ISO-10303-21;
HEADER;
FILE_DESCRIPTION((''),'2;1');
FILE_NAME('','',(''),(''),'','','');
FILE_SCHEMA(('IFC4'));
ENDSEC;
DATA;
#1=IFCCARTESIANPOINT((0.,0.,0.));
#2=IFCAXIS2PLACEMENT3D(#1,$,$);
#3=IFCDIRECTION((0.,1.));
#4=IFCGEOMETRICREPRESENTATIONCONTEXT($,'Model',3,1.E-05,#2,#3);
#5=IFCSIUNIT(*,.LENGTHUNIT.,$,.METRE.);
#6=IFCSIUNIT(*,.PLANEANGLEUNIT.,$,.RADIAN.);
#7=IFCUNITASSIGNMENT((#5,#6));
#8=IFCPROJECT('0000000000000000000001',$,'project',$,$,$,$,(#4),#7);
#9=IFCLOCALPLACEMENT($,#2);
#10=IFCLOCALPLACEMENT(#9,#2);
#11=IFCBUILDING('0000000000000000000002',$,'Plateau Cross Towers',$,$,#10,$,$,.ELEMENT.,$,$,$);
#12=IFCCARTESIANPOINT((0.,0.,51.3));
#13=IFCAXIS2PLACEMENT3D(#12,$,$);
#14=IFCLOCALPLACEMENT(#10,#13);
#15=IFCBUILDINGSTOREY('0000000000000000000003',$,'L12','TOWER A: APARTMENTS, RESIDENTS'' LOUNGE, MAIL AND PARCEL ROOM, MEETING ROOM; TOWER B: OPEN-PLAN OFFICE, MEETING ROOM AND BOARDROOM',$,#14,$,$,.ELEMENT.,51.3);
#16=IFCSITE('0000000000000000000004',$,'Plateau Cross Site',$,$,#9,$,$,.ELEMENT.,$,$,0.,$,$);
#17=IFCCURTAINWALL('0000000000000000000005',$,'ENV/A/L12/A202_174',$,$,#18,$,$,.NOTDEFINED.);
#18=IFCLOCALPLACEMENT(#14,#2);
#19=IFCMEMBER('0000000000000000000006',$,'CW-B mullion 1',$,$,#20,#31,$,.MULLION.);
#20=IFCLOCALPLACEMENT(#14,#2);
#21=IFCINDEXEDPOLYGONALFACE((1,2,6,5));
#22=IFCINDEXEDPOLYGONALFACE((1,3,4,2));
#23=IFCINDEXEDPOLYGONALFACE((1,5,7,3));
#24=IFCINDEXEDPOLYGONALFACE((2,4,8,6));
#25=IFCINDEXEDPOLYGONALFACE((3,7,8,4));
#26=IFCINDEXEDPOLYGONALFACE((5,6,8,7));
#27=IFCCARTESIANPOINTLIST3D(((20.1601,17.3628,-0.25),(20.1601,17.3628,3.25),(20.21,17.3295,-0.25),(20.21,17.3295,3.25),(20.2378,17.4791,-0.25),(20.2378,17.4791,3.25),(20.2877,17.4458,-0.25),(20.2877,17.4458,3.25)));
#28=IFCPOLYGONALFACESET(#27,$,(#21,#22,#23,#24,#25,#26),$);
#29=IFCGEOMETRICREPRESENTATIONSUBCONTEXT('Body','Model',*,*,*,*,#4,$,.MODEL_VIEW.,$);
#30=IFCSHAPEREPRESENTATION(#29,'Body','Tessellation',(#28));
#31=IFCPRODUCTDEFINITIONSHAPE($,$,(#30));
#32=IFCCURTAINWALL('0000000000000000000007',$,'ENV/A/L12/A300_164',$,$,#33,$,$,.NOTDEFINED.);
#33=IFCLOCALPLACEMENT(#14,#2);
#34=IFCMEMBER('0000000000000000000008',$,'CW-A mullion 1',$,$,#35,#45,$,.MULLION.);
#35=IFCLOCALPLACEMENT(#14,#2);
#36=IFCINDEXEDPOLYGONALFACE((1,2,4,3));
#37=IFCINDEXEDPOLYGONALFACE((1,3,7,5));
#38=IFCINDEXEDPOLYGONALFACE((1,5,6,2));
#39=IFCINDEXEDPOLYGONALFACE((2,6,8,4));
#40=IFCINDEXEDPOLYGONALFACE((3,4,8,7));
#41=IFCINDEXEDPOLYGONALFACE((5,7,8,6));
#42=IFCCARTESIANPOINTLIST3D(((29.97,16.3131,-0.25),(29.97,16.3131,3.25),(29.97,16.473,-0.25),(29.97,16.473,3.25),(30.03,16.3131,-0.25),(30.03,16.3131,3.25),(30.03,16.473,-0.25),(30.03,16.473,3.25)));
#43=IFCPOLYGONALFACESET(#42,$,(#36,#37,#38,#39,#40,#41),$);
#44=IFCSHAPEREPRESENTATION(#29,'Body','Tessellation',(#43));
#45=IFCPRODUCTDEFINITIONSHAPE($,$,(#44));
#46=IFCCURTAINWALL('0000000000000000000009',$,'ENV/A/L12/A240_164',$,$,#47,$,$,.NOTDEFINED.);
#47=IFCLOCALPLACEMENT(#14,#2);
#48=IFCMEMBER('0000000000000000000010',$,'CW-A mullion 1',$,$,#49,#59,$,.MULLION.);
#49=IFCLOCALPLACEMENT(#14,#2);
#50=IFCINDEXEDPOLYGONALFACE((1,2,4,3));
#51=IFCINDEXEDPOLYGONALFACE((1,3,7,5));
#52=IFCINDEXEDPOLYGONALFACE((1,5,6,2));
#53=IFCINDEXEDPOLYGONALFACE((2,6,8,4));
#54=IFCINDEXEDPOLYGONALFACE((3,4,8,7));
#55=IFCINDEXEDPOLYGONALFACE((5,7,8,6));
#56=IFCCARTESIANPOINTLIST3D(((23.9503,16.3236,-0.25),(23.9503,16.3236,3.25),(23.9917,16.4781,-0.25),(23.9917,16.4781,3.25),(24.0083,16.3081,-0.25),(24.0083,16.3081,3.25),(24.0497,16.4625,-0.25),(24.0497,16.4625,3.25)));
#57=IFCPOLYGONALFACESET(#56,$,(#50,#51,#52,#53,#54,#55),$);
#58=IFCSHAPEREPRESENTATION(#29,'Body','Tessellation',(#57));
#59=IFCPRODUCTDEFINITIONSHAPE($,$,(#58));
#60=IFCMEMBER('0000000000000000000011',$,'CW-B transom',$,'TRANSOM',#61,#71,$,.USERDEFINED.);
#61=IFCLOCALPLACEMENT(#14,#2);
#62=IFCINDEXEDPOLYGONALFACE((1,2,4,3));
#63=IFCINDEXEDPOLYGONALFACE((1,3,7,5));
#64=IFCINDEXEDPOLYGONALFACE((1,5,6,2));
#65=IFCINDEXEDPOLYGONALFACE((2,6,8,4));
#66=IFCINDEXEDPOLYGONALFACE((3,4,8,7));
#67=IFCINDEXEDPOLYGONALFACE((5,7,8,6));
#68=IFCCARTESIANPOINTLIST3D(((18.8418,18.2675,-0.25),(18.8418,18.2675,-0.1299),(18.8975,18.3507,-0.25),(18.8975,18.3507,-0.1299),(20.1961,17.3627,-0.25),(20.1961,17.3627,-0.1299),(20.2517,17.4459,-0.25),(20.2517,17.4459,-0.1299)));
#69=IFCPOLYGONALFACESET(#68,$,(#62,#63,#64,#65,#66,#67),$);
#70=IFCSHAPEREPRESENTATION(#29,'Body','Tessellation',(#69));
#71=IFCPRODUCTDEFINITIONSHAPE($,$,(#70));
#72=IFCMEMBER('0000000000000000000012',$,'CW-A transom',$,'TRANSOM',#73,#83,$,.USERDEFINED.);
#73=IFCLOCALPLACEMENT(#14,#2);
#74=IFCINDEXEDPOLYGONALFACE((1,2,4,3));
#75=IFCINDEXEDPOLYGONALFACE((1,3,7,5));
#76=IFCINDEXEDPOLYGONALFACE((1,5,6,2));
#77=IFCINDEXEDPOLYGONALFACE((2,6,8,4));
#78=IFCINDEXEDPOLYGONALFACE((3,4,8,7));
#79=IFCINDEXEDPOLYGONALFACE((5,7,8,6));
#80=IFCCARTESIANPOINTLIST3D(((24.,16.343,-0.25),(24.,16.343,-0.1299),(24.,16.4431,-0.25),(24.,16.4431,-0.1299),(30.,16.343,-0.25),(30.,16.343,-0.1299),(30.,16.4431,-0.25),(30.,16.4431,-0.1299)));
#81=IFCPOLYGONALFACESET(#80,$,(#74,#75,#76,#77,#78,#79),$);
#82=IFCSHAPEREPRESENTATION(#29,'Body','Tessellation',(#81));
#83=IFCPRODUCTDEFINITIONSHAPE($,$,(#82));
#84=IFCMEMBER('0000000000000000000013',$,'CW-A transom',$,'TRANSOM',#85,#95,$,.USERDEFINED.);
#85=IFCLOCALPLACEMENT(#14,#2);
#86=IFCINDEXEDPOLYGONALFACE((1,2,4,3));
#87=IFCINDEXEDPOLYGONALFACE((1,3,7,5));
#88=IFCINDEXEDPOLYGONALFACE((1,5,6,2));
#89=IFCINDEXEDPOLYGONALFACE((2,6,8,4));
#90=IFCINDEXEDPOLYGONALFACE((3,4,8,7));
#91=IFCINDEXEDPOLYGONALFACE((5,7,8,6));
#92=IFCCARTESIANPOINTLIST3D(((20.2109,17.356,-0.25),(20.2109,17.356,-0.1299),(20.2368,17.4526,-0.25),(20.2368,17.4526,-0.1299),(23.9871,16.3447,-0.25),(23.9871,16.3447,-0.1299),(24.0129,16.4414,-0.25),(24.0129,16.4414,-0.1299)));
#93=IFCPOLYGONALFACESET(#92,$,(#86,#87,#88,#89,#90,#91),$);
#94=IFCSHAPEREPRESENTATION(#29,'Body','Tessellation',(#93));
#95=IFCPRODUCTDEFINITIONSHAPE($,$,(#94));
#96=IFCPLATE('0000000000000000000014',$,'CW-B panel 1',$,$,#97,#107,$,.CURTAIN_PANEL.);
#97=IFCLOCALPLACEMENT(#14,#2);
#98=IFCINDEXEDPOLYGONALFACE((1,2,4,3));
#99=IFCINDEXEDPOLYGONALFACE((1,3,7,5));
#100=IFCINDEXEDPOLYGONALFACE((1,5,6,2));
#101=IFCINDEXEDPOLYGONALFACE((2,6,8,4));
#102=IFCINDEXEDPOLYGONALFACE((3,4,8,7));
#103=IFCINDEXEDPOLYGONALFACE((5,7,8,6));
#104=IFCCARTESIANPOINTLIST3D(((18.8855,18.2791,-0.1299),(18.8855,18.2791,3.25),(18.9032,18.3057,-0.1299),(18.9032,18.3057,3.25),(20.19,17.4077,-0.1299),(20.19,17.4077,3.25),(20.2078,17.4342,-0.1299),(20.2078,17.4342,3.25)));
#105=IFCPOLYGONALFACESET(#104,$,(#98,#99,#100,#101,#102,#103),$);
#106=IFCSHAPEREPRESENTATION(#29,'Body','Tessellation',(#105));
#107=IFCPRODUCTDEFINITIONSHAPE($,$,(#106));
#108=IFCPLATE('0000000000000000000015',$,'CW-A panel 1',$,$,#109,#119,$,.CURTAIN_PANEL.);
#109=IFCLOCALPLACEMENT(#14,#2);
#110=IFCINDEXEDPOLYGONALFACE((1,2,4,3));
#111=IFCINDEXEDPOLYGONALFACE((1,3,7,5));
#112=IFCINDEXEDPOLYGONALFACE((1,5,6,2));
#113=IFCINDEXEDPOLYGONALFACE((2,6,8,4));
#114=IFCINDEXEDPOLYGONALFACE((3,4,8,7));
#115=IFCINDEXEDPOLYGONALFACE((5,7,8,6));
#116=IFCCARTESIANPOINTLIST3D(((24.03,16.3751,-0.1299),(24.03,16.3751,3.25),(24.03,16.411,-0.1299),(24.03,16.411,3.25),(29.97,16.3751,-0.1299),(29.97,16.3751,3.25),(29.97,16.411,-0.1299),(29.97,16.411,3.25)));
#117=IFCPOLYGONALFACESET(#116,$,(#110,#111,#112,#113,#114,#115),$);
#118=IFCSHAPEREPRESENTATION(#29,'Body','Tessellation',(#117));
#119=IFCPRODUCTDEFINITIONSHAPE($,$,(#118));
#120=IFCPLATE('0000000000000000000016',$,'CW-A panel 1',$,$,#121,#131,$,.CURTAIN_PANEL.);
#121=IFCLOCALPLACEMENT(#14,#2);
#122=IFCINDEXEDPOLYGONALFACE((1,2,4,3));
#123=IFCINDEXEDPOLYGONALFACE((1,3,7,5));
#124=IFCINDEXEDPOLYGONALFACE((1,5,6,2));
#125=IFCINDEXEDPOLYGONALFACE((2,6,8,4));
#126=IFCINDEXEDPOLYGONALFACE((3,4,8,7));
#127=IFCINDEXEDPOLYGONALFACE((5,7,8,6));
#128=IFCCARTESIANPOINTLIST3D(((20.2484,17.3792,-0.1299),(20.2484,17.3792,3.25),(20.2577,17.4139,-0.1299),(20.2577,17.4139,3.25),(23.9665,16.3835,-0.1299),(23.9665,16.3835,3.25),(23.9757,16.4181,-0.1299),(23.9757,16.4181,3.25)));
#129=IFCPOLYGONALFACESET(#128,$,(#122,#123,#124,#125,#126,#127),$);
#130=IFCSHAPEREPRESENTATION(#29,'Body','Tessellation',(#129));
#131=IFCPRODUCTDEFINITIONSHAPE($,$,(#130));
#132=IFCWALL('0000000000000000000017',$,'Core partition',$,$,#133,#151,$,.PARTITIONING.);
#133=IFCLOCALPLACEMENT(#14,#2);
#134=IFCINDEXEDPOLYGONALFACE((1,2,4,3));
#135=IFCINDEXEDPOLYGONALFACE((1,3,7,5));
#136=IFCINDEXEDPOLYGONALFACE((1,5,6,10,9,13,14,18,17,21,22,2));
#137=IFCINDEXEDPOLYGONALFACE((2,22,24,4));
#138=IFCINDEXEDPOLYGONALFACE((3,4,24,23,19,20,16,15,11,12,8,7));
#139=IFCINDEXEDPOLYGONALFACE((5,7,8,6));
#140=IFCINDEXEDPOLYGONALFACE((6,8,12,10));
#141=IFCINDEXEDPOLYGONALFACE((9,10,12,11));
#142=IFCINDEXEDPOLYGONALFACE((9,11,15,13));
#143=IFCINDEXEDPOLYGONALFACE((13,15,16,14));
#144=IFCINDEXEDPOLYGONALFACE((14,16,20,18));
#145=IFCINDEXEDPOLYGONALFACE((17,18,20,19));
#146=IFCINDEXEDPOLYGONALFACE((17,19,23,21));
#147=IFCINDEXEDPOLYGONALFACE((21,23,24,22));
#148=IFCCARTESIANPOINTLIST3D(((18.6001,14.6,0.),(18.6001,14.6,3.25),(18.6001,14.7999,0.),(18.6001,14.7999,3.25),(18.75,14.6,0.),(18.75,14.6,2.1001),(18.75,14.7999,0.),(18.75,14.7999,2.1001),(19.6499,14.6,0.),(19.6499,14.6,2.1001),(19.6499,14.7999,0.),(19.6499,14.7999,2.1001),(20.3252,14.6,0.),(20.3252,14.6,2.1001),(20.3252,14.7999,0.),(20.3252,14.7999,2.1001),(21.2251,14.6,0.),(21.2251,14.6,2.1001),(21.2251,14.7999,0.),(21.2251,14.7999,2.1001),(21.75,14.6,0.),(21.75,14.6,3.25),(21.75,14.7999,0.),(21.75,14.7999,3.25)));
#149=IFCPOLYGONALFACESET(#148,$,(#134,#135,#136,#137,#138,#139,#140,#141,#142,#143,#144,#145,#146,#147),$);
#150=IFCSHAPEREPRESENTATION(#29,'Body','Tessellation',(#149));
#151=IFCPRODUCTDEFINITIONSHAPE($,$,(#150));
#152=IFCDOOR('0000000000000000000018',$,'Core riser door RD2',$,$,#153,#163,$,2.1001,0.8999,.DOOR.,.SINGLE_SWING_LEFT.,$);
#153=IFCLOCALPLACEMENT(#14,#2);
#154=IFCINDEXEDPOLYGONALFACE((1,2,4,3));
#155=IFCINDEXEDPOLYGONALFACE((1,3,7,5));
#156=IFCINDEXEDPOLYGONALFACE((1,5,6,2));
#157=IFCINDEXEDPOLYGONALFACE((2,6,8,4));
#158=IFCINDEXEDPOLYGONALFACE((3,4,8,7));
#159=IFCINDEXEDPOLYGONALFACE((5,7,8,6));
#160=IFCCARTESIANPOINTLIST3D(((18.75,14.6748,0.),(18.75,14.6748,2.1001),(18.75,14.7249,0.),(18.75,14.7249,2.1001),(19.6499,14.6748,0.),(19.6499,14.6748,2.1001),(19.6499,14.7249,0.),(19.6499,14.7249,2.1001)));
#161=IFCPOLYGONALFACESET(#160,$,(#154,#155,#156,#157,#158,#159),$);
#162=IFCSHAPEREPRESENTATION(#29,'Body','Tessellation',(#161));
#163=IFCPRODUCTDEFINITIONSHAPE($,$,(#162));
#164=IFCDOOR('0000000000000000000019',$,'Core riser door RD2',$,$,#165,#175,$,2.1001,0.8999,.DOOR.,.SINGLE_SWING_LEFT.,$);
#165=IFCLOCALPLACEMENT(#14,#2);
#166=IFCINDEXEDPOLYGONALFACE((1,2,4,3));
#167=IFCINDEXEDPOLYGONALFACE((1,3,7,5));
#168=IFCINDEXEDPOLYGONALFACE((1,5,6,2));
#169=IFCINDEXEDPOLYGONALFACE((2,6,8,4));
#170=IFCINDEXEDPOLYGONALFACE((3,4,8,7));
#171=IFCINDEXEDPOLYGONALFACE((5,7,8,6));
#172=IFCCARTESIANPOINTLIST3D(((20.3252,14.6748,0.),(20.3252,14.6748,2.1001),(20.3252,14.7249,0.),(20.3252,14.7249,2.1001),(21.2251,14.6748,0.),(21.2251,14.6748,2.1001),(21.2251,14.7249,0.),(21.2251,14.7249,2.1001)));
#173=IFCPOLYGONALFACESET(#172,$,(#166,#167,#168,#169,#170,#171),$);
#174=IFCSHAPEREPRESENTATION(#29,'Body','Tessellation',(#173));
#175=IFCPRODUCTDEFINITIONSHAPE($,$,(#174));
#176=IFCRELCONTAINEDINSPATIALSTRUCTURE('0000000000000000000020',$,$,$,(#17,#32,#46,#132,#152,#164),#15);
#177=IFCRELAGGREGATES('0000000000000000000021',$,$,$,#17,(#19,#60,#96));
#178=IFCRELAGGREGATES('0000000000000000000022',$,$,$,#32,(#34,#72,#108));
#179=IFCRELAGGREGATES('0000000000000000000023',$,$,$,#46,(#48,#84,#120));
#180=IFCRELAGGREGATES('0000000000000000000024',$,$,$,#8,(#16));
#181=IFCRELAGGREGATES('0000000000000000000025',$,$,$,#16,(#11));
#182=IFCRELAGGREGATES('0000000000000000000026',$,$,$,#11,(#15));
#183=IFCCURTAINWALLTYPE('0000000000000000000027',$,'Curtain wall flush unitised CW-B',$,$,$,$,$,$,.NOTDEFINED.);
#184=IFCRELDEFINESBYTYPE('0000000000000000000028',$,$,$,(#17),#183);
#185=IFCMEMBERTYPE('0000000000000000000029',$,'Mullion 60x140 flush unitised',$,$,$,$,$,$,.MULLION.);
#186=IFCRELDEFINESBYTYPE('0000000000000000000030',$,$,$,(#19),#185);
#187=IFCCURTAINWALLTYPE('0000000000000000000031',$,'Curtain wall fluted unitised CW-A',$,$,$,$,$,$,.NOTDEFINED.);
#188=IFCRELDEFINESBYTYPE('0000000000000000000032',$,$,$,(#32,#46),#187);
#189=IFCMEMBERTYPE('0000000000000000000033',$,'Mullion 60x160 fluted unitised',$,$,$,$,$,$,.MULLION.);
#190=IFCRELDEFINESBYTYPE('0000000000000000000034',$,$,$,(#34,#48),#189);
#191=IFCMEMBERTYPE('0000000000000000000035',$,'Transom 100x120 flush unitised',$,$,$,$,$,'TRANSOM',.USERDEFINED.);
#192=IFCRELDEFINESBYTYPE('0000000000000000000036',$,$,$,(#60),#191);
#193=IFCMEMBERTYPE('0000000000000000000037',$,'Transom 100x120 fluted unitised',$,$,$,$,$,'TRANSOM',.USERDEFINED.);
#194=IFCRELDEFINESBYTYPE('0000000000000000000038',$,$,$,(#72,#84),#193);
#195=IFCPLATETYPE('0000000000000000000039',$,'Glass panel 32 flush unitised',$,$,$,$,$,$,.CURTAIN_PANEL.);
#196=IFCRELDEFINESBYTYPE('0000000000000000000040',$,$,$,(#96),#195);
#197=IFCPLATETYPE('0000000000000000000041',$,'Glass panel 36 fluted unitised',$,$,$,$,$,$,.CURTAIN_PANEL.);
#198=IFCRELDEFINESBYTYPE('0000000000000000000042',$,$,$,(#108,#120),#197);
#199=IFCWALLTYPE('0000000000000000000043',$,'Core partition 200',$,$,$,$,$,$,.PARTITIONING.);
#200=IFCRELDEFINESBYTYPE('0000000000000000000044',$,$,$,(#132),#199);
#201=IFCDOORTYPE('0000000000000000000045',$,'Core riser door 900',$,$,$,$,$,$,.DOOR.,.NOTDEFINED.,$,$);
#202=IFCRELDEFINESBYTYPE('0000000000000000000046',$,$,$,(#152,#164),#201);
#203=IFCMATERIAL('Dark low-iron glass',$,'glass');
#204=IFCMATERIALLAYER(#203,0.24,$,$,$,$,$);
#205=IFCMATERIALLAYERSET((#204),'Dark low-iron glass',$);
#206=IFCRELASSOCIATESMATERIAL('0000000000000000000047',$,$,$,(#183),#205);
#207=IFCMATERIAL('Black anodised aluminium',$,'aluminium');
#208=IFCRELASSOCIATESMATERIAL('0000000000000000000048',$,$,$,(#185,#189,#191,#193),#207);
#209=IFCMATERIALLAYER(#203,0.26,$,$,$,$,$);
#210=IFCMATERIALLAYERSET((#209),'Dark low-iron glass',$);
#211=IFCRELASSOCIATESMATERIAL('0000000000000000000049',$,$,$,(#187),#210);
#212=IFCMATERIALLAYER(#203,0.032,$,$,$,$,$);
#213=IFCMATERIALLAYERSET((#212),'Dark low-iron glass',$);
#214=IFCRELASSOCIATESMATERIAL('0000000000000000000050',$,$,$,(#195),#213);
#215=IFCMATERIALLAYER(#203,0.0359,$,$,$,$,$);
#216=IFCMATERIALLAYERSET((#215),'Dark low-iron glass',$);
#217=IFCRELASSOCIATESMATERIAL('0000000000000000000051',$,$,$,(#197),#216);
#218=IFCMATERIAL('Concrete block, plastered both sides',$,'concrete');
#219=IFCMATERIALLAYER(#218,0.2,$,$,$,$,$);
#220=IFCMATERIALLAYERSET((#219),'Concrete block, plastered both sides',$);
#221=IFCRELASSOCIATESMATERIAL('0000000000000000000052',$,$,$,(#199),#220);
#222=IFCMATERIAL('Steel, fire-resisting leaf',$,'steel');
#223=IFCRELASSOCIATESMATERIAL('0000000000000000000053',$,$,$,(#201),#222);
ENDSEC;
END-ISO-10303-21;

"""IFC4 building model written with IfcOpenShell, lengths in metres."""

from ifc_helpers import new_model, si_unit, direction, frame, frame_2d, origin, origin_2d, place, context, subcontext, project, spatial, rectangle, extrude, material, layer, layer_set, material_profile, profile_set, type_object, element, fill, aggregate, save


model = new_model("IFC4")

# Units and contexts
model_context = context("Model", 3, precision=1e-05, world=origin(), true_north=direction((0.0, 1.0)))
body_context = subcontext(model_context, "Body", "Model", "MODEL_VIEW")
ifc_project = project(units=[si_unit("LENGTHUNIT", "METRE"), si_unit("PLANEANGLEUNIT", "RADIAN")], contexts=[model_context])

# Site, building, storey
site_placement = place(None, origin())
site = spatial("IfcSite", under=ifc_project, at=site_placement, Name="Plateau Cross Site", CompositionType="ELEMENT", RefElevation=0.0)
building_placement = place(site_placement, origin())
building = spatial("IfcBuilding", under=site, at=building_placement, Name="Plateau Cross Towers", CompositionType="ELEMENT")
storey_placement = place(building_placement, frame((0.0, 0.0, 51.3)))
storey = spatial("IfcBuildingStorey", under=building, at=storey_placement, Name="L12", Description="TOWER A: APARTMENTS, RESIDENTS' LOUNGE, MAIL AND PARCEL ROOM, MEETING ROOM; TOWER B: OPEN-PLAN OFFICE, MEETING ROOM AND BOARDROOM", CompositionType="ELEMENT", Elevation=51.3)

# Curtain walls, members
ifc_material_1 = material(Name="Dark low-iron glass", Category="glass")
ifc_layer_1 = layer(ifc_material_1, 0.24)
ifc_layer_set_1 = layer_set([ifc_layer_1], Name="Dark low-iron glass")
curtain_wall_type_1 = type_object("IfcCurtainWallType", Name="Curtain wall flush unitised CW-B", PredefinedType="NOTDEFINED", material=ifc_layer_set_1)
curtain_wall_1_placement = place(storey_placement, origin())
curtain_wall_1 = element("IfcCurtainWall", 1, at=curtain_wall_1_placement, inside=storey, type_object=curtain_wall_type_1, Name="ENV/A/L12/A202_174", PredefinedType="NOTDEFINED")
ifc_material_2 = material(Name="Black anodised aluminium", Category="aluminium")
ifc_material_profile_1 = material_profile(ifc_material_2, rectangle(XDim=0.0601, YDim=0.1399, at=origin_2d()), Name="MULLION 60x140")
ifc_profile_set_1 = profile_set([ifc_material_profile_1], Name="Black anodised aluminium")
member_type_1 = type_object("IfcMemberType", Name="Mullion 60x140 flush unitised", PredefinedType="MULLION", material=ifc_profile_set_1)
member_1_placement = place(storey_placement, frame((20.2239, 17.4043, -0.25), z_axis=(0.0, 0.0, 1.0), x_axis=(-0.831521, 0.555493, 0.0)))
member_1 = element("IfcMember", 2, at=member_1_placement, type_object=member_type_1, Name="CW-B mullion 1", PredefinedType="MULLION", context=body_context, shape_type="SweptSolid", body=[
    extrude(rectangle(XDim=0.0601, YDim=0.1399, at=origin_2d()), origin(), (0.0, 0.0, 1.0), 3.5),
])
ifc_layer_2 = layer(ifc_material_1, 0.26)
ifc_layer_set_2 = layer_set([ifc_layer_2], Name="Dark low-iron glass")
curtain_wall_type_2 = type_object("IfcCurtainWallType", Name="Curtain wall fluted unitised CW-A", PredefinedType="NOTDEFINED", material=ifc_layer_set_2)
curtain_wall_2_placement = place(storey_placement, origin())
curtain_wall_2 = element("IfcCurtainWall", 3, at=curtain_wall_2_placement, inside=storey, type_object=curtain_wall_type_2, Name="ENV/A/L12/A300_164", PredefinedType="NOTDEFINED")
ifc_material_profile_2 = material_profile(ifc_material_2, rectangle(XDim=0.0601, YDim=0.1599, at=origin_2d()), Name="MULLION 60x160")
ifc_profile_set_2 = profile_set([ifc_material_profile_2], Name="Black anodised aluminium")
member_type_2 = type_object("IfcMemberType", Name="Mullion 60x160 fluted unitised", PredefinedType="MULLION", material=ifc_profile_set_2)
member_2_placement = place(storey_placement, frame((30.0, 16.3931, -0.25), z_axis=(0.0, 0.0, 1.0), x_axis=(-1.0, 0.0, 0.0)))
member_2 = element("IfcMember", 4, at=member_2_placement, type_object=member_type_2, Name="CW-A mullion 1", PredefinedType="MULLION", context=body_context, shape_type="SweptSolid", body=[
    extrude(rectangle(XDim=0.0601, YDim=0.1599, at=origin_2d()), origin(), (0.0, 0.0, 1.0), 3.5),
])
curtain_wall_3_placement = place(storey_placement, origin())
curtain_wall_3 = element("IfcCurtainWall", 5, at=curtain_wall_3_placement, inside=storey, type_object=curtain_wall_type_2, Name="ENV/A/L12/A240_164", PredefinedType="NOTDEFINED")
member_3_placement = place(storey_placement, frame((24.0, 16.3931, -0.25), z_axis=(0.0, 0.0, 1.0), x_axis=(-0.965958, 0.258699, 0.0)))
member_3 = element("IfcMember", 6, at=member_3_placement, type_object=member_type_2, Name="CW-A mullion 1", PredefinedType="MULLION", context=body_context, shape_type="SweptSolid", body=[
    extrude(rectangle(XDim=0.0601, YDim=0.1599, at=origin_2d()), origin(), (0.0, 0.0, 1.0), 3.5),
])

# Members
ifc_material_profile_3 = material_profile(ifc_material_2, rectangle(XDim=0.1001, YDim=0.1201, at=origin_2d()), Name="TRANSOM 100x120")
ifc_profile_set_3 = profile_set([ifc_material_profile_3], Name="Black anodised aluminium")
member_type_3 = type_object("IfcMemberType", Name="Transom 100x120 flush unitised", ElementType="TRANSOM", PredefinedType="USERDEFINED", material=ifc_profile_set_3)
member_4_placement = place(storey_placement, frame((20.2239, 17.4043, -0.1899), z_axis=(-0.831496, 0.55553, 0.0), x_axis=(-0.55553, -0.831496, 0.0)))
member_4 = element("IfcMember", 7, at=member_4_placement, type_object=member_type_3, Name="CW-B transom", ObjectType="TRANSOM", PredefinedType="USERDEFINED", context=body_context, shape_type="SweptSolid", body=[
    extrude(rectangle(XDim=0.1001, YDim=0.1201, at=origin_2d()), origin(), (0.0, 0.0, 1.0), 1.6287),
])
ifc_material_profile_4 = material_profile(ifc_material_2, rectangle(XDim=0.1001, YDim=0.1201, at=origin_2d()), Name="TRANSOM 100x120")
ifc_profile_set_4 = profile_set([ifc_material_profile_4], Name="Black anodised aluminium")
member_type_4 = type_object("IfcMemberType", Name="Transom 100x120 fluted unitised", ElementType="TRANSOM", PredefinedType="USERDEFINED", material=ifc_profile_set_4)
member_5_placement = place(storey_placement, frame((30.0, 16.3931, -0.1899), z_axis=(-1.0, 0.0, 0.0), x_axis=(0.0, -1.0, 0.0)))
member_5 = element("IfcMember", 8, at=member_5_placement, type_object=member_type_4, Name="CW-A transom", ObjectType="TRANSOM", PredefinedType="USERDEFINED", context=body_context, shape_type="SweptSolid", body=[
    extrude(rectangle(XDim=0.1001, YDim=0.1201, at=origin_2d()), origin(), (0.0, 0.0, 1.0), 6.0),
])
member_6_placement = place(storey_placement, frame((24.0, 16.3931, -0.1899), z_axis=(-0.965963, 0.258681, 0.0), x_axis=(-0.258681, -0.965963, 0.0)))
member_6 = element("IfcMember", 9, at=member_6_placement, type_object=member_type_4, Name="CW-A transom", ObjectType="TRANSOM", PredefinedType="USERDEFINED", context=body_context, shape_type="SweptSolid", body=[
    extrude(rectangle(XDim=0.1001, YDim=0.1201, at=origin_2d()), origin(), (0.0, 0.0, 1.0), 3.9092),
])

# Plates
ifc_layer_3 = layer(ifc_material_1, 0.032)
ifc_layer_set_3 = layer_set([ifc_layer_3], Name="Dark low-iron glass")
plate_type_1 = type_object("IfcPlateType", Name="Glass panel 32 flush unitised", PredefinedType="CURTAIN_PANEL", material=ifc_layer_set_3)
plate_1_placement = place(storey_placement, frame((19.5466, 17.8567, -0.1299), z_axis=(0.0, 0.0, 1.0), x_axis=(-0.831521, 0.555493, 0.0)))
plate_1 = element("IfcPlate", 10, at=plate_1_placement, type_object=plate_type_1, Name="CW-B panel 1", PredefinedType="CURTAIN_PANEL", context=body_context, shape_type="SweptSolid", body=[
    extrude(rectangle(XDim=1.5688, YDim=0.032, at=origin_2d()), origin(), (0.0, 0.0, 1.0), 3.3799),
])
aggregate(curtain_wall_1, [member_1, member_4, plate_1])
ifc_layer_4 = layer(ifc_material_1, 0.0359)
ifc_layer_set_4 = layer_set([ifc_layer_4], Name="Dark low-iron glass")
plate_type_2 = type_object("IfcPlateType", Name="Glass panel 36 fluted unitised", PredefinedType="CURTAIN_PANEL", material=ifc_layer_set_4)
plate_2_placement = place(storey_placement, frame((27.0, 16.3931, -0.1299), z_axis=(0.0, 0.0, 1.0), x_axis=(-1.0, 0.0, 0.0)))
plate_2 = element("IfcPlate", 11, at=plate_2_placement, type_object=plate_type_2, Name="CW-A panel 1", PredefinedType="CURTAIN_PANEL", context=body_context, shape_type="SweptSolid", body=[
    extrude(rectangle(XDim=5.9399, YDim=0.0359, at=origin_2d()), origin(), (0.0, 0.0, 1.0), 3.3799),
])
aggregate(curtain_wall_2, [member_2, member_5, plate_2])
plate_3_placement = place(storey_placement, frame((22.1121, 16.8987, -0.1299), z_axis=(0.0, 0.0, 1.0), x_axis=(-0.965958, 0.258699, 0.0)))
plate_3 = element("IfcPlate", 12, at=plate_3_placement, type_object=plate_type_2, Name="CW-A panel 1", PredefinedType="CURTAIN_PANEL", context=body_context, shape_type="SweptSolid", body=[
    extrude(rectangle(XDim=3.8491, YDim=0.0359, at=origin_2d()), origin(), (0.0, 0.0, 1.0), 3.3799),
])
aggregate(curtain_wall_3, [member_3, member_6, plate_3])

# Wall, openings, doors
ifc_material_3 = material(Name="Concrete block, plastered both sides", Category="concrete")
ifc_layer_5 = layer(ifc_material_3, 0.2)
ifc_layer_set_5 = layer_set([ifc_layer_5], Name="Concrete block, plastered both sides")
wall_type_1 = type_object("IfcWallType", Name="Core partition 200", PredefinedType="PARTITIONING", material=ifc_layer_set_5)
wall_1_placement = place(storey_placement, frame((18.6001, 14.7, 0.0), z_axis=(0.0, 0.0, 1.0), x_axis=(1.0, 0.0, 0.0)))
wall_1 = element("IfcWall", 13, at=wall_1_placement, inside=storey, type_object=wall_type_1, Name="Core partition", PredefinedType="PARTITIONING", context=body_context, shape_type="SweptSolid", body=[
    extrude(rectangle(XDim=3.1499, YDim=0.2, at=frame_2d((1.575, 0.0))), origin(), (0.0, 0.0, 1.0), 3.25),
])
opening_1_placement = place(wall_1_placement, frame((0.1499, 0.0, 0.0)))
opening_1 = element("IfcOpeningElement", 14, at=opening_1_placement, cuts=wall_1, PredefinedType="OPENING", context=body_context, shape_type="SweptSolid", body=[
    extrude(rectangle(XDim=0.8999, YDim=2.1001, at=frame_2d((0.45, 1.05))), frame((0.0, 0.1099, 0.0), z_axis=(0.0, -1.0, 0.0), x_axis=(1.0, 0.0, 0.0)), (0.0, 0.0, 1.0), 0.22),
])
opening_2_placement = place(wall_1_placement, frame((1.7251, 0.0, 0.0)))
opening_2 = element("IfcOpeningElement", 15, at=opening_2_placement, cuts=wall_1, PredefinedType="OPENING", context=body_context, shape_type="SweptSolid", body=[
    extrude(rectangle(XDim=0.8999, YDim=2.1001, at=frame_2d((0.45, 1.05))), frame((0.0, 0.1099, 0.0), z_axis=(0.0, -1.0, 0.0), x_axis=(1.0, 0.0, 0.0)), (0.0, 0.0, 1.0), 0.22),
])
ifc_material_4 = material(Name="Steel, fire-resisting leaf", Category="steel")
door_type_1 = type_object("IfcDoorType", Name="Core riser door 900", OperationType="NOTDEFINED", PredefinedType="DOOR", material=ifc_material_4)
door_1_placement = place(opening_1_placement, origin())
door_1 = element("IfcDoor", 16, at=door_1_placement, inside=storey, type_object=door_type_1, Name="Core riser door RD2", OperationType="SINGLE_SWING_LEFT", OverallHeight=2.1001, OverallWidth=0.8999, PredefinedType="DOOR", context=body_context, shape_type="SweptSolid", body=[
    extrude(rectangle(XDim=0.8999, YDim=2.1001, at=frame_2d((0.45, 1.05))), frame((0.0, 0.0249, 0.0), z_axis=(0.0, -1.0, 0.0), x_axis=(1.0, 0.0, 0.0)), (0.0, 0.0, 1.0), 0.05),
])
fill(opening_1, door_1)
door_2_placement = place(opening_2_placement, origin())
door_2 = element("IfcDoor", 17, at=door_2_placement, inside=storey, type_object=door_type_1, Name="Core riser door RD2", OperationType="SINGLE_SWING_LEFT", OverallHeight=2.1001, OverallWidth=0.8999, PredefinedType="DOOR", context=body_context, shape_type="SweptSolid", body=[
    extrude(rectangle(XDim=0.8999, YDim=2.1001, at=frame_2d((0.45, 1.05))), frame((0.0, 0.0249, 0.0), z_axis=(0.0, -1.0, 0.0), x_axis=(1.0, 0.0, 0.0)), (0.0, 0.0, 1.0), 0.05),
])
fill(opening_2, door_2)

save(model, "model.ifc")
